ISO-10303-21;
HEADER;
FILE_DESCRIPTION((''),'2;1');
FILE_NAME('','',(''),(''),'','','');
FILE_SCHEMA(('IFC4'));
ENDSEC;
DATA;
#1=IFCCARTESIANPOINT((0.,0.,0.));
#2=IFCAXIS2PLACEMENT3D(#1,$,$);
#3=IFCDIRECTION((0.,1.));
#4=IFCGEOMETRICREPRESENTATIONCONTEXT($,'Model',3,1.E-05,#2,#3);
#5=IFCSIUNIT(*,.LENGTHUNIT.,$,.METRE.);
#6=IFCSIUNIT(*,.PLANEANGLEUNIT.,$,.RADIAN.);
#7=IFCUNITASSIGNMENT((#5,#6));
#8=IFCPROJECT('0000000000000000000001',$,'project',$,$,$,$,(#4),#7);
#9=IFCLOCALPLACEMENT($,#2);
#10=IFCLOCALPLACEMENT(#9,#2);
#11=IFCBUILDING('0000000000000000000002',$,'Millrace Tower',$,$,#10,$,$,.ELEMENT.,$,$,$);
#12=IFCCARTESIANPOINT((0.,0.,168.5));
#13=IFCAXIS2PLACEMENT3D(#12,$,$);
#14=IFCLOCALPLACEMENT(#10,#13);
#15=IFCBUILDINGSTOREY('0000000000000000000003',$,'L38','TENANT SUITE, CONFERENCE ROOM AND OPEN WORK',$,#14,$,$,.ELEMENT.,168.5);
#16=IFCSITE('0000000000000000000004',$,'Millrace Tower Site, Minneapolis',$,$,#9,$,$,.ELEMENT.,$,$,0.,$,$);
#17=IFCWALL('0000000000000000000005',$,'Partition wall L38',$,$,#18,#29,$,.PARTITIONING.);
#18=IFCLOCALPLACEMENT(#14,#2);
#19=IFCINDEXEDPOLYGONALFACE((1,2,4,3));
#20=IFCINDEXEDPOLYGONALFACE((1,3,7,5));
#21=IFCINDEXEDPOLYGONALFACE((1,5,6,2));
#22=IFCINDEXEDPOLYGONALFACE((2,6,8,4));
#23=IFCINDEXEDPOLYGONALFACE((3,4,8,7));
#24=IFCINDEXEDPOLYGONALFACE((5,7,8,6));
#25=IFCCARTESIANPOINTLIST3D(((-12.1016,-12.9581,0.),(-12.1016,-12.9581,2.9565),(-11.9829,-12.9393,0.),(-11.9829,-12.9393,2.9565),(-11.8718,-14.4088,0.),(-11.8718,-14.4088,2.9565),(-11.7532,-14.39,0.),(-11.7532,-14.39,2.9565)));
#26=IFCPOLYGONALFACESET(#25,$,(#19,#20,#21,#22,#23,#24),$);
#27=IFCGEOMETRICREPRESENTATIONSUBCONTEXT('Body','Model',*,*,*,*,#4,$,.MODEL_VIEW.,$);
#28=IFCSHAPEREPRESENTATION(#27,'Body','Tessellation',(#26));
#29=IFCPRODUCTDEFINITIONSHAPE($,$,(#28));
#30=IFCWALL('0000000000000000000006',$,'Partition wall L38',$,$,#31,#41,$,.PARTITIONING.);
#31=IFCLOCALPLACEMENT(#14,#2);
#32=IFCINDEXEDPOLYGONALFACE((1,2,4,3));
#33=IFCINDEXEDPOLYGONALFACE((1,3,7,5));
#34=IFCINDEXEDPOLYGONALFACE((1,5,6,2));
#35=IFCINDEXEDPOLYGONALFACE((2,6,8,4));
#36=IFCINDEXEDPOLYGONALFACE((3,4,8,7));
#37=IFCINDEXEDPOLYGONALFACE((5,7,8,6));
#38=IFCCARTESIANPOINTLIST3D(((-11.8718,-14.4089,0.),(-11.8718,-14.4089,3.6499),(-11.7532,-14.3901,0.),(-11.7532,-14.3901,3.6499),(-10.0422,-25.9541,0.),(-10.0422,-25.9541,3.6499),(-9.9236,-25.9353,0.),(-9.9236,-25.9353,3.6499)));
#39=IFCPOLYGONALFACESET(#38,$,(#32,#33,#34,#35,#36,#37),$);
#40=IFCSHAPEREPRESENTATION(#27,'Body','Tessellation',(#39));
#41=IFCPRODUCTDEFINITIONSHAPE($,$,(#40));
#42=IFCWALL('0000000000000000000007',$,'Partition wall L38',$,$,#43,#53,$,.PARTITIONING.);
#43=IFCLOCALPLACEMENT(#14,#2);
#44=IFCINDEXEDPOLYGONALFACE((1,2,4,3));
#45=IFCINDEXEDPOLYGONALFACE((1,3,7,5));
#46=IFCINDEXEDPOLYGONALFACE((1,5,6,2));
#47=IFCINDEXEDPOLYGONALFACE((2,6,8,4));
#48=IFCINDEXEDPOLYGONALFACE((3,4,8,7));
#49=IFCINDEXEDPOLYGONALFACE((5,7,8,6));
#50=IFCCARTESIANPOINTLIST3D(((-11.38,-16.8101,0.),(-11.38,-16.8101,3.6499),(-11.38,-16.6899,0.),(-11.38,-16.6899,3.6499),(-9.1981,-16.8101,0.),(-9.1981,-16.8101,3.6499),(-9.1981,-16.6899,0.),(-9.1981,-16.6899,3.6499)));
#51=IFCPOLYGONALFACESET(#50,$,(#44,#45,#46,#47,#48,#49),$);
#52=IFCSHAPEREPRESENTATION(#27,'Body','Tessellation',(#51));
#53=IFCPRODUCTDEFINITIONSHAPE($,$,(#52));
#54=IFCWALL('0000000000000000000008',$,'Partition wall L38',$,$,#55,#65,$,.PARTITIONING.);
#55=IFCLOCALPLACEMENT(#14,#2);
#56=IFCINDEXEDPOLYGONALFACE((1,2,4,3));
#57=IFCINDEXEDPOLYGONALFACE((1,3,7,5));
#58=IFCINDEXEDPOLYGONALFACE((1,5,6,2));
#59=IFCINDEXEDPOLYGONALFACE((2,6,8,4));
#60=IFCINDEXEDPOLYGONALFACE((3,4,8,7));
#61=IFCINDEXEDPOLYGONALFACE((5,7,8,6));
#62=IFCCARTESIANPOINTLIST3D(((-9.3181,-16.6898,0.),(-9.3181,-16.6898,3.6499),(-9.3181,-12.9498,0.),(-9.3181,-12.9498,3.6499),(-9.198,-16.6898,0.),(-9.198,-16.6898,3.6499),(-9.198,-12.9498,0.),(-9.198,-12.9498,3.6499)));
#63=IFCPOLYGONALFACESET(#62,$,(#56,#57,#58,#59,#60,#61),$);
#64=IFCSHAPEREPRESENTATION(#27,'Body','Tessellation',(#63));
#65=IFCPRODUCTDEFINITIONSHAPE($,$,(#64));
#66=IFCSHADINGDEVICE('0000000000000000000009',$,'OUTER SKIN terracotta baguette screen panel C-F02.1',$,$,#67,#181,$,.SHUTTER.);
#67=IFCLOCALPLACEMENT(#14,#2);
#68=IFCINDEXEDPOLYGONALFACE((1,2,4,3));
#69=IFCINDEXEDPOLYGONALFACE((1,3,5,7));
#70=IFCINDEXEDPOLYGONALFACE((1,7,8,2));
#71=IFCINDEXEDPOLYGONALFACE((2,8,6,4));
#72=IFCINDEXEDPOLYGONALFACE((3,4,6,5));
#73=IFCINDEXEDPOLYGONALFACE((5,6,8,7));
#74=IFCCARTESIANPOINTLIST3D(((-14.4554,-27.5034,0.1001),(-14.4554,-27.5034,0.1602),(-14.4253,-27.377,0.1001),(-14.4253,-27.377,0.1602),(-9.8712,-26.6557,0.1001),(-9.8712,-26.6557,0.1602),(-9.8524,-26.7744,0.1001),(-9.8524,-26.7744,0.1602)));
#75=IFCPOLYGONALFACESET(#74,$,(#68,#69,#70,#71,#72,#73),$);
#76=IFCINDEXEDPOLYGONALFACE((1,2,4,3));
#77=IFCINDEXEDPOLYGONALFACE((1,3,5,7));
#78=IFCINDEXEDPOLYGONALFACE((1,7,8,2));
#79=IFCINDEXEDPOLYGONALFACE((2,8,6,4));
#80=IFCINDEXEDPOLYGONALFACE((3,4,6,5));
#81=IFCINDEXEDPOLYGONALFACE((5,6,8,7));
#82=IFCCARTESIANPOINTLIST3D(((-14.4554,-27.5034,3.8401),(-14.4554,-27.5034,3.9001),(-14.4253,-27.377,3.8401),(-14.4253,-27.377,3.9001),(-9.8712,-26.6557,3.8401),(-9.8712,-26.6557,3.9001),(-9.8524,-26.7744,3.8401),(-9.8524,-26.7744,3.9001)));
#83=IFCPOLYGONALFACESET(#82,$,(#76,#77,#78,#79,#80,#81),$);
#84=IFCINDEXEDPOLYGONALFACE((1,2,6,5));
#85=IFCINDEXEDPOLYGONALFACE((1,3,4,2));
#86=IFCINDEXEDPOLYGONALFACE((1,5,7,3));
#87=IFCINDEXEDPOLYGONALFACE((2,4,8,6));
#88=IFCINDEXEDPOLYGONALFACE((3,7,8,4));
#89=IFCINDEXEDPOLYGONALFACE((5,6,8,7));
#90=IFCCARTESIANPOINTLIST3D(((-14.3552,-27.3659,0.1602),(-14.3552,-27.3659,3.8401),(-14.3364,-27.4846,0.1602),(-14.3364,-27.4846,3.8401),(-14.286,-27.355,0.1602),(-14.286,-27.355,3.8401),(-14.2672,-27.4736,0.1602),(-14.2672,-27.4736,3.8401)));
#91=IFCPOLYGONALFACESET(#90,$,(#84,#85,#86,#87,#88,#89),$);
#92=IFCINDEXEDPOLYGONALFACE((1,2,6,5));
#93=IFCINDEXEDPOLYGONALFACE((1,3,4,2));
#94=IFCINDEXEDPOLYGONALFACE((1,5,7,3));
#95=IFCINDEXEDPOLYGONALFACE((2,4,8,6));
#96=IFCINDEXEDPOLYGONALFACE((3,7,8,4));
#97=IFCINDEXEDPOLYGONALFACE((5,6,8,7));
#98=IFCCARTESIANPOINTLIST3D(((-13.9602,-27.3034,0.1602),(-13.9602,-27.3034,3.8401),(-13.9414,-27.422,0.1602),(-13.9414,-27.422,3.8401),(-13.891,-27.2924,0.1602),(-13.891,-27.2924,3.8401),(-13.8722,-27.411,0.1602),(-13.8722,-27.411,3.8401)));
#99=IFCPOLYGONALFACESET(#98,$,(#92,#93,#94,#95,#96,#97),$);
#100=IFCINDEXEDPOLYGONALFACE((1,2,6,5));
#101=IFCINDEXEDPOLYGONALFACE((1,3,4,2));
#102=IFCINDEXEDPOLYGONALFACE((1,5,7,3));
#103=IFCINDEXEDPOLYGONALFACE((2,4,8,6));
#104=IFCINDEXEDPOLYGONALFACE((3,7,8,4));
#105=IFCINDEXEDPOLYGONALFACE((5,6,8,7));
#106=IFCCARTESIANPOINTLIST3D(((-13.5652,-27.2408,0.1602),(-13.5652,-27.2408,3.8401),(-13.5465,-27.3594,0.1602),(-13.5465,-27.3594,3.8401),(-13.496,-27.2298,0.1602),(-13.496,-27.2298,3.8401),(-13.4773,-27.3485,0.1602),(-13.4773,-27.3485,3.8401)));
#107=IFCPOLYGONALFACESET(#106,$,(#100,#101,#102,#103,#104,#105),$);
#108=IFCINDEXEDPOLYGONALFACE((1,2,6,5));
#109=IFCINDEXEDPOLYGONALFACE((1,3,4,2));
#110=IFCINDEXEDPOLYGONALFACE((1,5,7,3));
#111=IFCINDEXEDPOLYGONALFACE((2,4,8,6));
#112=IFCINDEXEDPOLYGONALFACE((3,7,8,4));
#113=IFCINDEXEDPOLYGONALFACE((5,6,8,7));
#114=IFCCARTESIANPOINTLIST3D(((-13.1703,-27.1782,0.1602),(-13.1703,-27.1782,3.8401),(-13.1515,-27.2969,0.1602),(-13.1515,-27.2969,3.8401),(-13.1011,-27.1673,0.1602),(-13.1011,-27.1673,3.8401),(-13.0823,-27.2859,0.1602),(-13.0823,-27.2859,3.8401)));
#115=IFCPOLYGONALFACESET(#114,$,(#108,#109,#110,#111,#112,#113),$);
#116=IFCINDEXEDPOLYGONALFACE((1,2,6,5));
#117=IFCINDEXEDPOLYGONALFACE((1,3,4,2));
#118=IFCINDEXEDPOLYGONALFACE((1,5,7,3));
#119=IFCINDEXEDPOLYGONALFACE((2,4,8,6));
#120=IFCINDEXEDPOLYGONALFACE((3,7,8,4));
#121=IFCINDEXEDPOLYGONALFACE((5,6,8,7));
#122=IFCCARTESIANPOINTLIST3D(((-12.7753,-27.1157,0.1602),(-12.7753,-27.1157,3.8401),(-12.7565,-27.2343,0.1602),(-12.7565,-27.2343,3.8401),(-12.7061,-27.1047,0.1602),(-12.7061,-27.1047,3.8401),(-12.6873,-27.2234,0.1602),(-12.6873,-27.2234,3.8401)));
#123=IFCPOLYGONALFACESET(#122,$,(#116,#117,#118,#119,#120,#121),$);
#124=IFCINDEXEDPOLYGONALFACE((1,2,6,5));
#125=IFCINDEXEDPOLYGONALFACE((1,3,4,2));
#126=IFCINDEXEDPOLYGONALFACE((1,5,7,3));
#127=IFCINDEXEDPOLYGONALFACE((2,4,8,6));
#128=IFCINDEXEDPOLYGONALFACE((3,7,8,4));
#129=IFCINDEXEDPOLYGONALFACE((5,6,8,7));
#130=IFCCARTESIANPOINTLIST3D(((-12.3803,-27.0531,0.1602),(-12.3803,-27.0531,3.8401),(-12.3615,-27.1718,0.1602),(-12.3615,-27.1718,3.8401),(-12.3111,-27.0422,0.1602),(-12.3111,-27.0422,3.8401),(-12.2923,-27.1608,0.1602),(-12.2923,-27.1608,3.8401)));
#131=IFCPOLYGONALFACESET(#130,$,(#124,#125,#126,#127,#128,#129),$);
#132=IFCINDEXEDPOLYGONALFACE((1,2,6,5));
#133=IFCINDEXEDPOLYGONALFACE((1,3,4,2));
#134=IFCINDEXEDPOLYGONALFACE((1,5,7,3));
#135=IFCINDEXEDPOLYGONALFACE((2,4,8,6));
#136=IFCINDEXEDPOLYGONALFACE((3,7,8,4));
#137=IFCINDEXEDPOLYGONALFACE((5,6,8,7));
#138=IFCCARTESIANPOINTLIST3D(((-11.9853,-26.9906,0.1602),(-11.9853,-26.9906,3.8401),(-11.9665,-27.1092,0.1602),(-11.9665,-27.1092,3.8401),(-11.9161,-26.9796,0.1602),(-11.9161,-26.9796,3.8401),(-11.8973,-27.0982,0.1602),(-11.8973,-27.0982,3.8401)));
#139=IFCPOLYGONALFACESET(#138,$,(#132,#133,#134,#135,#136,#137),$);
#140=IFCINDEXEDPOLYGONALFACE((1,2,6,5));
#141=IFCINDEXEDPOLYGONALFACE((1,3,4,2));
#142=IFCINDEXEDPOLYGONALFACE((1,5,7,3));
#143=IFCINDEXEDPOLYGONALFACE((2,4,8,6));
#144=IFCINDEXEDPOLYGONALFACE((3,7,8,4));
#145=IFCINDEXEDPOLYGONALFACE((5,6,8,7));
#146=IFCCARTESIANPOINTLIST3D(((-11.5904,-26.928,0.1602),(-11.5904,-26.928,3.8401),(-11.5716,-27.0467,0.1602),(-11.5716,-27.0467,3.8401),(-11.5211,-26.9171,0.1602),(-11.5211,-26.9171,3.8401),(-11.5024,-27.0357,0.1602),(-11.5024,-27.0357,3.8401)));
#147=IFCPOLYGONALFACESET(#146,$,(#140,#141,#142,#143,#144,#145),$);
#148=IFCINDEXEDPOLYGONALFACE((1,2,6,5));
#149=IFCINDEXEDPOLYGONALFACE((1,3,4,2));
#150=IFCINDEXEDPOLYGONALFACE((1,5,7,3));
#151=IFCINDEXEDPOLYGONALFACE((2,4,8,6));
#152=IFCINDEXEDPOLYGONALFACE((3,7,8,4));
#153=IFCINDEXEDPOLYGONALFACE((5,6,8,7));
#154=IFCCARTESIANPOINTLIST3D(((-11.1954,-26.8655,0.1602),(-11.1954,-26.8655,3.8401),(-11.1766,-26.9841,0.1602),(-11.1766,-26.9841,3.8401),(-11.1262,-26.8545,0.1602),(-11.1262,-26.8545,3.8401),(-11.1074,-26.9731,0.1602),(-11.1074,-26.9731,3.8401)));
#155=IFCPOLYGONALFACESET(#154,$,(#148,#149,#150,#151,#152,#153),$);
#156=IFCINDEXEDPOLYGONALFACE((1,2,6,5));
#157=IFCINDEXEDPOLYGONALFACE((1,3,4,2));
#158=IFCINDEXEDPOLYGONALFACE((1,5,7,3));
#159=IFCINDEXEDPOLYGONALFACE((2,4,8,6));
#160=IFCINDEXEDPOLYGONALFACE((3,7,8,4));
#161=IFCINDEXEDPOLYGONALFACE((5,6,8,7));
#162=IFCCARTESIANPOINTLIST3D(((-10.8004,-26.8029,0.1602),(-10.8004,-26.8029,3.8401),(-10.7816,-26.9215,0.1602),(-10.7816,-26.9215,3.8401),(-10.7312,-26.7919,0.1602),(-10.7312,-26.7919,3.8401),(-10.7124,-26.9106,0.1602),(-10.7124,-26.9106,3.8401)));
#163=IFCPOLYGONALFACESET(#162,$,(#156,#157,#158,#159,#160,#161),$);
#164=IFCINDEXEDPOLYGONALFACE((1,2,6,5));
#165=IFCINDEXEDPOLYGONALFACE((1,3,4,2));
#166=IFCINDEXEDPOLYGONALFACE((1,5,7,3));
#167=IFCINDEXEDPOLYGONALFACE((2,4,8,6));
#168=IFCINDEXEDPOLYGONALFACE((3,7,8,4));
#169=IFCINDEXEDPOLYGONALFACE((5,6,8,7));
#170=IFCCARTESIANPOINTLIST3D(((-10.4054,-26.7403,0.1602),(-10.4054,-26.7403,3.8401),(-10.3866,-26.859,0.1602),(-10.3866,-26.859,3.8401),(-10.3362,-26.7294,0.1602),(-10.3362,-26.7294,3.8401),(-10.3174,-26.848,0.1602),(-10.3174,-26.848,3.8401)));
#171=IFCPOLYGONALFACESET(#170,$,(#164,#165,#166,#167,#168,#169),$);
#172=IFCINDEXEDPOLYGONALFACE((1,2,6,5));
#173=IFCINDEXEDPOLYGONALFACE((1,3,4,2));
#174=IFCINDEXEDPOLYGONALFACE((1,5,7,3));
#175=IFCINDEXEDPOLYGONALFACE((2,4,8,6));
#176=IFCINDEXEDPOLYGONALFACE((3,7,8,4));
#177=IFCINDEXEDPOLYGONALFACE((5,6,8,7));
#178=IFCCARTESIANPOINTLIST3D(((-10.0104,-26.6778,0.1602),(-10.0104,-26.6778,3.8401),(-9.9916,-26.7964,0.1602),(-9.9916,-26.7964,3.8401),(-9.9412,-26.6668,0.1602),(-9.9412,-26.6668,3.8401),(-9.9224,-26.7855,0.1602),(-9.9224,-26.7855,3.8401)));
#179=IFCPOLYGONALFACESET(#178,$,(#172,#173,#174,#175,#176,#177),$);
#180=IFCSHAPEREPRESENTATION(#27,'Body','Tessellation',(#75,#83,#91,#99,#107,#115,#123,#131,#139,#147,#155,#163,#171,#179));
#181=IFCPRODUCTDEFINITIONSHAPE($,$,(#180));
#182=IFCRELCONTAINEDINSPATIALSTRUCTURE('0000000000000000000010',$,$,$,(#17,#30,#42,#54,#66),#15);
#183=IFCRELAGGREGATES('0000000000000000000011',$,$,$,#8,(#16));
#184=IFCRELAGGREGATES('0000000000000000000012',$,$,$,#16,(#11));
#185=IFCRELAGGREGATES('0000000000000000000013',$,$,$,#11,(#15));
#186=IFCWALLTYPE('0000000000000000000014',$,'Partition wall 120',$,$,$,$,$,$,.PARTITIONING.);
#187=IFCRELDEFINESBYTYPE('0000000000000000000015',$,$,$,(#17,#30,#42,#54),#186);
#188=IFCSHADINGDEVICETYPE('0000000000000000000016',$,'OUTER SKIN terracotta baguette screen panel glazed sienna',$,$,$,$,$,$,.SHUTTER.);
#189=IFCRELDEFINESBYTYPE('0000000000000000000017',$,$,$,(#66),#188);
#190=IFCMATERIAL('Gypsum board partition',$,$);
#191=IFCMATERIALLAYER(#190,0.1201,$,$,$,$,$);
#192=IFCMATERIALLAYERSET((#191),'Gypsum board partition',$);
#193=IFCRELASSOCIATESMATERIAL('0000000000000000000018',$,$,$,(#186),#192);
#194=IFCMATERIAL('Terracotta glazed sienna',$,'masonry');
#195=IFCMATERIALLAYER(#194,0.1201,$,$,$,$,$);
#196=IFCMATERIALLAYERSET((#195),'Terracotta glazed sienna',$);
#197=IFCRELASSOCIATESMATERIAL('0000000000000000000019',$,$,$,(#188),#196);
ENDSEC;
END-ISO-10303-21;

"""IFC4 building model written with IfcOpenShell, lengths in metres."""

from ifc_helpers import new_model, entity, si_unit, direction, frame, frame_2d, origin, place, context, subcontext, project, spatial, rectangle, extrude, source, transform, mapped, material, layer, layer_set, type_object, element, save


model = new_model("IFC4")

# Units and contexts
model_context = context("Model", 3, precision=1e-05, world=origin(), true_north=direction((0.0, 1.0)))
body_context = subcontext(model_context, "Body", "Model", "MODEL_VIEW")
ifc_project = project(units=[si_unit("LENGTHUNIT", "METRE"), si_unit("PLANEANGLEUNIT", "RADIAN")], contexts=[model_context])

# Site, building, storey
site_placement = place(None, origin())
site = spatial("IfcSite", under=ifc_project, at=site_placement, Name="Millrace Tower Site, Minneapolis", CompositionType="ELEMENT", RefElevation=0.0)
building_placement = place(site_placement, origin())
building = spatial("IfcBuilding", under=site, at=building_placement, Name="Millrace Tower", CompositionType="ELEMENT")
storey_placement = place(building_placement, frame((0.0, 0.0, 168.5)))
storey = spatial("IfcBuildingStorey", under=building, at=storey_placement, Name="L38", Description="TENANT SUITE, CONFERENCE ROOM AND OPEN WORK", CompositionType="ELEMENT", Elevation=168.5)

# Walls
ifc_material_1 = material(Name="Gypsum board partition")
ifc_layer_1 = layer(ifc_material_1, 0.1201)
ifc_layer_set_1 = layer_set([ifc_layer_1], Name="Gypsum board partition")
wall_type = type_object("IfcWallType", Name="Partition wall 120", PredefinedType="PARTITIONING", material=ifc_layer_set_1)
wall_1_placement = place(storey_placement, frame((-12.0422, -12.9487, 0.0), z_axis=(0.0, 0.0, 1.0), x_axis=(0.156415, -0.987691, 0.0)))
element("IfcWall", 1, at=wall_1_placement, inside=storey, type_object=wall_type, Name="Partition wall L38", PredefinedType="PARTITIONING", context=body_context, shape_type="SweptSolid", body=[
    extrude(rectangle(XDim=1.4688, YDim=0.1201, at=frame_2d((0.7344, 0.0))), origin(), (0.0, 0.0, 1.0), 2.9565),
])
wall_2_placement = place(storey_placement, frame((-11.8125, -14.3994, 0.0), z_axis=(0.0, 0.0, 1.0), x_axis=(0.156519, -0.987675, 0.0)))
element("IfcWall", 2, at=wall_2_placement, inside=storey, type_object=wall_type, Name="Partition wall L38", PredefinedType="PARTITIONING", context=body_context, shape_type="SweptSolid", body=[
    extrude(rectangle(XDim=11.6892, YDim=0.1201, at=frame_2d((5.8447, 0.0))), origin(), (0.0, 0.0, 1.0), 3.6499),
])
wall_3_placement = place(storey_placement, frame((-11.3799, -16.75, 0.0), z_axis=(0.0, 0.0, 1.0), x_axis=(1.0, 0.0, 0.0)))
element("IfcWall", 3, at=wall_3_placement, inside=storey, type_object=wall_type, Name="Partition wall L38", PredefinedType="PARTITIONING", context=body_context, shape_type="SweptSolid", body=[
    extrude(rectangle(XDim=2.1819, YDim=0.1201, at=frame_2d((1.0908, 0.0))), origin(), (0.0, 0.0, 1.0), 3.6499),
])
wall_4_placement = place(storey_placement, frame((-9.2581, -16.6899, 0.0), z_axis=(0.0, 0.0, 1.0), x_axis=(0.0, 1.0, 0.0)))
element("IfcWall", 4, at=wall_4_placement, inside=storey, type_object=wall_type, Name="Partition wall L38", PredefinedType="PARTITIONING", context=body_context, shape_type="SweptSolid", body=[
    extrude(rectangle(XDim=3.74, YDim=0.1201, at=frame_2d((1.8701, 0.0))), origin(), (0.0, 0.0, 1.0), 3.6499),
])

# Shading device
ifc_material_2 = material(Name="Terracotta glazed sienna", Category="masonry")
ifc_layer_2 = layer(ifc_material_2, 0.1201)
ifc_layer_set_2 = layer_set([ifc_layer_2], Name="Terracotta glazed sienna")
shading_device_type = type_object("IfcShadingDeviceType", Name="OUTER SKIN terracotta baguette screen panel glazed sienna", PredefinedType="SHUTTER", material=ifc_layer_set_2)
cartesian_point_1 = entity("IfcCartesianPoint", [-2.293, 0.0601])
shared_polyline_1 = entity("IfcPolyline", [cartesian_point_1, entity("IfcCartesianPoint", [2.3179, 0.0601]), entity("IfcCartesianPoint", [2.3179, -0.0601]), entity("IfcCartesianPoint", [-2.3425, -0.0601]), cartesian_point_1])
shared_shape_1 = source(origin(), body_context, "Body", "SweptSolid", [
    entity("IfcExtrudedAreaSolid", entity("IfcArbitraryClosedProfileDef", "AREA", None, shared_polyline_1), entity("IfcAxis2Placement3D", entity("IfcCartesianPoint", [0.0, 0.0, 0.0])), entity("IfcDirection", [0.0, 0.0, 1.0]), 0.0601),
    entity("IfcExtrudedAreaSolid", entity("IfcArbitraryClosedProfileDef", "AREA", None, shared_polyline_1), entity("IfcAxis2Placement3D", entity("IfcCartesianPoint", [0.0, 0.0, 3.74])), entity("IfcDirection", [0.0, 0.0, 1.0]), 0.0601),
    extrude(rectangle(XDim=0.0701, YDim=0.1201, at=frame_2d((-2.187, 0.0))), frame((0.0, 0.0, 0.0601)), (0.0, 0.0, 1.0), 3.6799),
    extrude(rectangle(XDim=0.0701, YDim=0.1201, at=frame_2d((-1.7871, 0.0))), frame((0.0, 0.0, 0.0601)), (0.0, 0.0, 1.0), 3.6799),
    extrude(rectangle(XDim=0.0701, YDim=0.1201, at=frame_2d((-1.3872, 0.0))), frame((0.0, 0.0, 0.0601)), (0.0, 0.0, 1.0), 3.6799),
    extrude(rectangle(XDim=0.0701, YDim=0.1201, at=frame_2d((-0.9873, 0.0))), frame((0.0, 0.0, 0.0601)), (0.0, 0.0, 1.0), 3.6799),
    extrude(rectangle(XDim=0.0701, YDim=0.1201, at=frame_2d((-0.5874, 0.0))), frame((0.0, 0.0, 0.0601)), (0.0, 0.0, 1.0), 3.6799),
    extrude(rectangle(XDim=0.0701, YDim=0.1201, at=frame_2d((-0.1875, 0.0))), frame((0.0, 0.0, 0.0601)), (0.0, 0.0, 1.0), 3.6799),
    extrude(rectangle(XDim=0.0701, YDim=0.1201, at=frame_2d((0.2124, 0.0))), frame((0.0, 0.0, 0.0601)), (0.0, 0.0, 1.0), 3.6799),
    extrude(rectangle(XDim=0.0701, YDim=0.1201, at=frame_2d((0.6123, 0.0))), frame((0.0, 0.0, 0.0601)), (0.0, 0.0, 1.0), 3.6799),
    extrude(rectangle(XDim=0.0701, YDim=0.1201, at=frame_2d((1.0122, 0.0))), frame((0.0, 0.0, 0.0601)), (0.0, 0.0, 1.0), 3.6799),
    extrude(rectangle(XDim=0.0701, YDim=0.1201, at=frame_2d((1.4121, 0.0))), frame((0.0, 0.0, 0.0601)), (0.0, 0.0, 1.0), 3.6799),
    extrude(rectangle(XDim=0.0701, YDim=0.1201, at=frame_2d((1.812, 0.0))), frame((0.0, 0.0, 0.0601)), (0.0, 0.0, 1.0), 3.6799),
    extrude(rectangle(XDim=0.0701, YDim=0.1201, at=frame_2d((2.2119, 0.0))), frame((0.0, 0.0, 0.0601)), (0.0, 0.0, 1.0), 3.6799),
])
shading_device_placement = place(storey_placement, frame((-12.1511, -27.0776, 0.1001), z_axis=(0.0, 0.0, 1.0), x_axis=(0.987688, 0.156434, 0.0)))
element("IfcShadingDevice", 5, at=shading_device_placement, inside=storey, type_object=shading_device_type, Name="OUTER SKIN terracotta baguette screen panel C-F02.1", PredefinedType="SHUTTER", context=body_context, shape_type="MappedRepresentation", body=[
    mapped(shared_shape_1, transform((0.0, 0.0, 0.0), scale=1.0)),
])

save(model, "model.ifc")
